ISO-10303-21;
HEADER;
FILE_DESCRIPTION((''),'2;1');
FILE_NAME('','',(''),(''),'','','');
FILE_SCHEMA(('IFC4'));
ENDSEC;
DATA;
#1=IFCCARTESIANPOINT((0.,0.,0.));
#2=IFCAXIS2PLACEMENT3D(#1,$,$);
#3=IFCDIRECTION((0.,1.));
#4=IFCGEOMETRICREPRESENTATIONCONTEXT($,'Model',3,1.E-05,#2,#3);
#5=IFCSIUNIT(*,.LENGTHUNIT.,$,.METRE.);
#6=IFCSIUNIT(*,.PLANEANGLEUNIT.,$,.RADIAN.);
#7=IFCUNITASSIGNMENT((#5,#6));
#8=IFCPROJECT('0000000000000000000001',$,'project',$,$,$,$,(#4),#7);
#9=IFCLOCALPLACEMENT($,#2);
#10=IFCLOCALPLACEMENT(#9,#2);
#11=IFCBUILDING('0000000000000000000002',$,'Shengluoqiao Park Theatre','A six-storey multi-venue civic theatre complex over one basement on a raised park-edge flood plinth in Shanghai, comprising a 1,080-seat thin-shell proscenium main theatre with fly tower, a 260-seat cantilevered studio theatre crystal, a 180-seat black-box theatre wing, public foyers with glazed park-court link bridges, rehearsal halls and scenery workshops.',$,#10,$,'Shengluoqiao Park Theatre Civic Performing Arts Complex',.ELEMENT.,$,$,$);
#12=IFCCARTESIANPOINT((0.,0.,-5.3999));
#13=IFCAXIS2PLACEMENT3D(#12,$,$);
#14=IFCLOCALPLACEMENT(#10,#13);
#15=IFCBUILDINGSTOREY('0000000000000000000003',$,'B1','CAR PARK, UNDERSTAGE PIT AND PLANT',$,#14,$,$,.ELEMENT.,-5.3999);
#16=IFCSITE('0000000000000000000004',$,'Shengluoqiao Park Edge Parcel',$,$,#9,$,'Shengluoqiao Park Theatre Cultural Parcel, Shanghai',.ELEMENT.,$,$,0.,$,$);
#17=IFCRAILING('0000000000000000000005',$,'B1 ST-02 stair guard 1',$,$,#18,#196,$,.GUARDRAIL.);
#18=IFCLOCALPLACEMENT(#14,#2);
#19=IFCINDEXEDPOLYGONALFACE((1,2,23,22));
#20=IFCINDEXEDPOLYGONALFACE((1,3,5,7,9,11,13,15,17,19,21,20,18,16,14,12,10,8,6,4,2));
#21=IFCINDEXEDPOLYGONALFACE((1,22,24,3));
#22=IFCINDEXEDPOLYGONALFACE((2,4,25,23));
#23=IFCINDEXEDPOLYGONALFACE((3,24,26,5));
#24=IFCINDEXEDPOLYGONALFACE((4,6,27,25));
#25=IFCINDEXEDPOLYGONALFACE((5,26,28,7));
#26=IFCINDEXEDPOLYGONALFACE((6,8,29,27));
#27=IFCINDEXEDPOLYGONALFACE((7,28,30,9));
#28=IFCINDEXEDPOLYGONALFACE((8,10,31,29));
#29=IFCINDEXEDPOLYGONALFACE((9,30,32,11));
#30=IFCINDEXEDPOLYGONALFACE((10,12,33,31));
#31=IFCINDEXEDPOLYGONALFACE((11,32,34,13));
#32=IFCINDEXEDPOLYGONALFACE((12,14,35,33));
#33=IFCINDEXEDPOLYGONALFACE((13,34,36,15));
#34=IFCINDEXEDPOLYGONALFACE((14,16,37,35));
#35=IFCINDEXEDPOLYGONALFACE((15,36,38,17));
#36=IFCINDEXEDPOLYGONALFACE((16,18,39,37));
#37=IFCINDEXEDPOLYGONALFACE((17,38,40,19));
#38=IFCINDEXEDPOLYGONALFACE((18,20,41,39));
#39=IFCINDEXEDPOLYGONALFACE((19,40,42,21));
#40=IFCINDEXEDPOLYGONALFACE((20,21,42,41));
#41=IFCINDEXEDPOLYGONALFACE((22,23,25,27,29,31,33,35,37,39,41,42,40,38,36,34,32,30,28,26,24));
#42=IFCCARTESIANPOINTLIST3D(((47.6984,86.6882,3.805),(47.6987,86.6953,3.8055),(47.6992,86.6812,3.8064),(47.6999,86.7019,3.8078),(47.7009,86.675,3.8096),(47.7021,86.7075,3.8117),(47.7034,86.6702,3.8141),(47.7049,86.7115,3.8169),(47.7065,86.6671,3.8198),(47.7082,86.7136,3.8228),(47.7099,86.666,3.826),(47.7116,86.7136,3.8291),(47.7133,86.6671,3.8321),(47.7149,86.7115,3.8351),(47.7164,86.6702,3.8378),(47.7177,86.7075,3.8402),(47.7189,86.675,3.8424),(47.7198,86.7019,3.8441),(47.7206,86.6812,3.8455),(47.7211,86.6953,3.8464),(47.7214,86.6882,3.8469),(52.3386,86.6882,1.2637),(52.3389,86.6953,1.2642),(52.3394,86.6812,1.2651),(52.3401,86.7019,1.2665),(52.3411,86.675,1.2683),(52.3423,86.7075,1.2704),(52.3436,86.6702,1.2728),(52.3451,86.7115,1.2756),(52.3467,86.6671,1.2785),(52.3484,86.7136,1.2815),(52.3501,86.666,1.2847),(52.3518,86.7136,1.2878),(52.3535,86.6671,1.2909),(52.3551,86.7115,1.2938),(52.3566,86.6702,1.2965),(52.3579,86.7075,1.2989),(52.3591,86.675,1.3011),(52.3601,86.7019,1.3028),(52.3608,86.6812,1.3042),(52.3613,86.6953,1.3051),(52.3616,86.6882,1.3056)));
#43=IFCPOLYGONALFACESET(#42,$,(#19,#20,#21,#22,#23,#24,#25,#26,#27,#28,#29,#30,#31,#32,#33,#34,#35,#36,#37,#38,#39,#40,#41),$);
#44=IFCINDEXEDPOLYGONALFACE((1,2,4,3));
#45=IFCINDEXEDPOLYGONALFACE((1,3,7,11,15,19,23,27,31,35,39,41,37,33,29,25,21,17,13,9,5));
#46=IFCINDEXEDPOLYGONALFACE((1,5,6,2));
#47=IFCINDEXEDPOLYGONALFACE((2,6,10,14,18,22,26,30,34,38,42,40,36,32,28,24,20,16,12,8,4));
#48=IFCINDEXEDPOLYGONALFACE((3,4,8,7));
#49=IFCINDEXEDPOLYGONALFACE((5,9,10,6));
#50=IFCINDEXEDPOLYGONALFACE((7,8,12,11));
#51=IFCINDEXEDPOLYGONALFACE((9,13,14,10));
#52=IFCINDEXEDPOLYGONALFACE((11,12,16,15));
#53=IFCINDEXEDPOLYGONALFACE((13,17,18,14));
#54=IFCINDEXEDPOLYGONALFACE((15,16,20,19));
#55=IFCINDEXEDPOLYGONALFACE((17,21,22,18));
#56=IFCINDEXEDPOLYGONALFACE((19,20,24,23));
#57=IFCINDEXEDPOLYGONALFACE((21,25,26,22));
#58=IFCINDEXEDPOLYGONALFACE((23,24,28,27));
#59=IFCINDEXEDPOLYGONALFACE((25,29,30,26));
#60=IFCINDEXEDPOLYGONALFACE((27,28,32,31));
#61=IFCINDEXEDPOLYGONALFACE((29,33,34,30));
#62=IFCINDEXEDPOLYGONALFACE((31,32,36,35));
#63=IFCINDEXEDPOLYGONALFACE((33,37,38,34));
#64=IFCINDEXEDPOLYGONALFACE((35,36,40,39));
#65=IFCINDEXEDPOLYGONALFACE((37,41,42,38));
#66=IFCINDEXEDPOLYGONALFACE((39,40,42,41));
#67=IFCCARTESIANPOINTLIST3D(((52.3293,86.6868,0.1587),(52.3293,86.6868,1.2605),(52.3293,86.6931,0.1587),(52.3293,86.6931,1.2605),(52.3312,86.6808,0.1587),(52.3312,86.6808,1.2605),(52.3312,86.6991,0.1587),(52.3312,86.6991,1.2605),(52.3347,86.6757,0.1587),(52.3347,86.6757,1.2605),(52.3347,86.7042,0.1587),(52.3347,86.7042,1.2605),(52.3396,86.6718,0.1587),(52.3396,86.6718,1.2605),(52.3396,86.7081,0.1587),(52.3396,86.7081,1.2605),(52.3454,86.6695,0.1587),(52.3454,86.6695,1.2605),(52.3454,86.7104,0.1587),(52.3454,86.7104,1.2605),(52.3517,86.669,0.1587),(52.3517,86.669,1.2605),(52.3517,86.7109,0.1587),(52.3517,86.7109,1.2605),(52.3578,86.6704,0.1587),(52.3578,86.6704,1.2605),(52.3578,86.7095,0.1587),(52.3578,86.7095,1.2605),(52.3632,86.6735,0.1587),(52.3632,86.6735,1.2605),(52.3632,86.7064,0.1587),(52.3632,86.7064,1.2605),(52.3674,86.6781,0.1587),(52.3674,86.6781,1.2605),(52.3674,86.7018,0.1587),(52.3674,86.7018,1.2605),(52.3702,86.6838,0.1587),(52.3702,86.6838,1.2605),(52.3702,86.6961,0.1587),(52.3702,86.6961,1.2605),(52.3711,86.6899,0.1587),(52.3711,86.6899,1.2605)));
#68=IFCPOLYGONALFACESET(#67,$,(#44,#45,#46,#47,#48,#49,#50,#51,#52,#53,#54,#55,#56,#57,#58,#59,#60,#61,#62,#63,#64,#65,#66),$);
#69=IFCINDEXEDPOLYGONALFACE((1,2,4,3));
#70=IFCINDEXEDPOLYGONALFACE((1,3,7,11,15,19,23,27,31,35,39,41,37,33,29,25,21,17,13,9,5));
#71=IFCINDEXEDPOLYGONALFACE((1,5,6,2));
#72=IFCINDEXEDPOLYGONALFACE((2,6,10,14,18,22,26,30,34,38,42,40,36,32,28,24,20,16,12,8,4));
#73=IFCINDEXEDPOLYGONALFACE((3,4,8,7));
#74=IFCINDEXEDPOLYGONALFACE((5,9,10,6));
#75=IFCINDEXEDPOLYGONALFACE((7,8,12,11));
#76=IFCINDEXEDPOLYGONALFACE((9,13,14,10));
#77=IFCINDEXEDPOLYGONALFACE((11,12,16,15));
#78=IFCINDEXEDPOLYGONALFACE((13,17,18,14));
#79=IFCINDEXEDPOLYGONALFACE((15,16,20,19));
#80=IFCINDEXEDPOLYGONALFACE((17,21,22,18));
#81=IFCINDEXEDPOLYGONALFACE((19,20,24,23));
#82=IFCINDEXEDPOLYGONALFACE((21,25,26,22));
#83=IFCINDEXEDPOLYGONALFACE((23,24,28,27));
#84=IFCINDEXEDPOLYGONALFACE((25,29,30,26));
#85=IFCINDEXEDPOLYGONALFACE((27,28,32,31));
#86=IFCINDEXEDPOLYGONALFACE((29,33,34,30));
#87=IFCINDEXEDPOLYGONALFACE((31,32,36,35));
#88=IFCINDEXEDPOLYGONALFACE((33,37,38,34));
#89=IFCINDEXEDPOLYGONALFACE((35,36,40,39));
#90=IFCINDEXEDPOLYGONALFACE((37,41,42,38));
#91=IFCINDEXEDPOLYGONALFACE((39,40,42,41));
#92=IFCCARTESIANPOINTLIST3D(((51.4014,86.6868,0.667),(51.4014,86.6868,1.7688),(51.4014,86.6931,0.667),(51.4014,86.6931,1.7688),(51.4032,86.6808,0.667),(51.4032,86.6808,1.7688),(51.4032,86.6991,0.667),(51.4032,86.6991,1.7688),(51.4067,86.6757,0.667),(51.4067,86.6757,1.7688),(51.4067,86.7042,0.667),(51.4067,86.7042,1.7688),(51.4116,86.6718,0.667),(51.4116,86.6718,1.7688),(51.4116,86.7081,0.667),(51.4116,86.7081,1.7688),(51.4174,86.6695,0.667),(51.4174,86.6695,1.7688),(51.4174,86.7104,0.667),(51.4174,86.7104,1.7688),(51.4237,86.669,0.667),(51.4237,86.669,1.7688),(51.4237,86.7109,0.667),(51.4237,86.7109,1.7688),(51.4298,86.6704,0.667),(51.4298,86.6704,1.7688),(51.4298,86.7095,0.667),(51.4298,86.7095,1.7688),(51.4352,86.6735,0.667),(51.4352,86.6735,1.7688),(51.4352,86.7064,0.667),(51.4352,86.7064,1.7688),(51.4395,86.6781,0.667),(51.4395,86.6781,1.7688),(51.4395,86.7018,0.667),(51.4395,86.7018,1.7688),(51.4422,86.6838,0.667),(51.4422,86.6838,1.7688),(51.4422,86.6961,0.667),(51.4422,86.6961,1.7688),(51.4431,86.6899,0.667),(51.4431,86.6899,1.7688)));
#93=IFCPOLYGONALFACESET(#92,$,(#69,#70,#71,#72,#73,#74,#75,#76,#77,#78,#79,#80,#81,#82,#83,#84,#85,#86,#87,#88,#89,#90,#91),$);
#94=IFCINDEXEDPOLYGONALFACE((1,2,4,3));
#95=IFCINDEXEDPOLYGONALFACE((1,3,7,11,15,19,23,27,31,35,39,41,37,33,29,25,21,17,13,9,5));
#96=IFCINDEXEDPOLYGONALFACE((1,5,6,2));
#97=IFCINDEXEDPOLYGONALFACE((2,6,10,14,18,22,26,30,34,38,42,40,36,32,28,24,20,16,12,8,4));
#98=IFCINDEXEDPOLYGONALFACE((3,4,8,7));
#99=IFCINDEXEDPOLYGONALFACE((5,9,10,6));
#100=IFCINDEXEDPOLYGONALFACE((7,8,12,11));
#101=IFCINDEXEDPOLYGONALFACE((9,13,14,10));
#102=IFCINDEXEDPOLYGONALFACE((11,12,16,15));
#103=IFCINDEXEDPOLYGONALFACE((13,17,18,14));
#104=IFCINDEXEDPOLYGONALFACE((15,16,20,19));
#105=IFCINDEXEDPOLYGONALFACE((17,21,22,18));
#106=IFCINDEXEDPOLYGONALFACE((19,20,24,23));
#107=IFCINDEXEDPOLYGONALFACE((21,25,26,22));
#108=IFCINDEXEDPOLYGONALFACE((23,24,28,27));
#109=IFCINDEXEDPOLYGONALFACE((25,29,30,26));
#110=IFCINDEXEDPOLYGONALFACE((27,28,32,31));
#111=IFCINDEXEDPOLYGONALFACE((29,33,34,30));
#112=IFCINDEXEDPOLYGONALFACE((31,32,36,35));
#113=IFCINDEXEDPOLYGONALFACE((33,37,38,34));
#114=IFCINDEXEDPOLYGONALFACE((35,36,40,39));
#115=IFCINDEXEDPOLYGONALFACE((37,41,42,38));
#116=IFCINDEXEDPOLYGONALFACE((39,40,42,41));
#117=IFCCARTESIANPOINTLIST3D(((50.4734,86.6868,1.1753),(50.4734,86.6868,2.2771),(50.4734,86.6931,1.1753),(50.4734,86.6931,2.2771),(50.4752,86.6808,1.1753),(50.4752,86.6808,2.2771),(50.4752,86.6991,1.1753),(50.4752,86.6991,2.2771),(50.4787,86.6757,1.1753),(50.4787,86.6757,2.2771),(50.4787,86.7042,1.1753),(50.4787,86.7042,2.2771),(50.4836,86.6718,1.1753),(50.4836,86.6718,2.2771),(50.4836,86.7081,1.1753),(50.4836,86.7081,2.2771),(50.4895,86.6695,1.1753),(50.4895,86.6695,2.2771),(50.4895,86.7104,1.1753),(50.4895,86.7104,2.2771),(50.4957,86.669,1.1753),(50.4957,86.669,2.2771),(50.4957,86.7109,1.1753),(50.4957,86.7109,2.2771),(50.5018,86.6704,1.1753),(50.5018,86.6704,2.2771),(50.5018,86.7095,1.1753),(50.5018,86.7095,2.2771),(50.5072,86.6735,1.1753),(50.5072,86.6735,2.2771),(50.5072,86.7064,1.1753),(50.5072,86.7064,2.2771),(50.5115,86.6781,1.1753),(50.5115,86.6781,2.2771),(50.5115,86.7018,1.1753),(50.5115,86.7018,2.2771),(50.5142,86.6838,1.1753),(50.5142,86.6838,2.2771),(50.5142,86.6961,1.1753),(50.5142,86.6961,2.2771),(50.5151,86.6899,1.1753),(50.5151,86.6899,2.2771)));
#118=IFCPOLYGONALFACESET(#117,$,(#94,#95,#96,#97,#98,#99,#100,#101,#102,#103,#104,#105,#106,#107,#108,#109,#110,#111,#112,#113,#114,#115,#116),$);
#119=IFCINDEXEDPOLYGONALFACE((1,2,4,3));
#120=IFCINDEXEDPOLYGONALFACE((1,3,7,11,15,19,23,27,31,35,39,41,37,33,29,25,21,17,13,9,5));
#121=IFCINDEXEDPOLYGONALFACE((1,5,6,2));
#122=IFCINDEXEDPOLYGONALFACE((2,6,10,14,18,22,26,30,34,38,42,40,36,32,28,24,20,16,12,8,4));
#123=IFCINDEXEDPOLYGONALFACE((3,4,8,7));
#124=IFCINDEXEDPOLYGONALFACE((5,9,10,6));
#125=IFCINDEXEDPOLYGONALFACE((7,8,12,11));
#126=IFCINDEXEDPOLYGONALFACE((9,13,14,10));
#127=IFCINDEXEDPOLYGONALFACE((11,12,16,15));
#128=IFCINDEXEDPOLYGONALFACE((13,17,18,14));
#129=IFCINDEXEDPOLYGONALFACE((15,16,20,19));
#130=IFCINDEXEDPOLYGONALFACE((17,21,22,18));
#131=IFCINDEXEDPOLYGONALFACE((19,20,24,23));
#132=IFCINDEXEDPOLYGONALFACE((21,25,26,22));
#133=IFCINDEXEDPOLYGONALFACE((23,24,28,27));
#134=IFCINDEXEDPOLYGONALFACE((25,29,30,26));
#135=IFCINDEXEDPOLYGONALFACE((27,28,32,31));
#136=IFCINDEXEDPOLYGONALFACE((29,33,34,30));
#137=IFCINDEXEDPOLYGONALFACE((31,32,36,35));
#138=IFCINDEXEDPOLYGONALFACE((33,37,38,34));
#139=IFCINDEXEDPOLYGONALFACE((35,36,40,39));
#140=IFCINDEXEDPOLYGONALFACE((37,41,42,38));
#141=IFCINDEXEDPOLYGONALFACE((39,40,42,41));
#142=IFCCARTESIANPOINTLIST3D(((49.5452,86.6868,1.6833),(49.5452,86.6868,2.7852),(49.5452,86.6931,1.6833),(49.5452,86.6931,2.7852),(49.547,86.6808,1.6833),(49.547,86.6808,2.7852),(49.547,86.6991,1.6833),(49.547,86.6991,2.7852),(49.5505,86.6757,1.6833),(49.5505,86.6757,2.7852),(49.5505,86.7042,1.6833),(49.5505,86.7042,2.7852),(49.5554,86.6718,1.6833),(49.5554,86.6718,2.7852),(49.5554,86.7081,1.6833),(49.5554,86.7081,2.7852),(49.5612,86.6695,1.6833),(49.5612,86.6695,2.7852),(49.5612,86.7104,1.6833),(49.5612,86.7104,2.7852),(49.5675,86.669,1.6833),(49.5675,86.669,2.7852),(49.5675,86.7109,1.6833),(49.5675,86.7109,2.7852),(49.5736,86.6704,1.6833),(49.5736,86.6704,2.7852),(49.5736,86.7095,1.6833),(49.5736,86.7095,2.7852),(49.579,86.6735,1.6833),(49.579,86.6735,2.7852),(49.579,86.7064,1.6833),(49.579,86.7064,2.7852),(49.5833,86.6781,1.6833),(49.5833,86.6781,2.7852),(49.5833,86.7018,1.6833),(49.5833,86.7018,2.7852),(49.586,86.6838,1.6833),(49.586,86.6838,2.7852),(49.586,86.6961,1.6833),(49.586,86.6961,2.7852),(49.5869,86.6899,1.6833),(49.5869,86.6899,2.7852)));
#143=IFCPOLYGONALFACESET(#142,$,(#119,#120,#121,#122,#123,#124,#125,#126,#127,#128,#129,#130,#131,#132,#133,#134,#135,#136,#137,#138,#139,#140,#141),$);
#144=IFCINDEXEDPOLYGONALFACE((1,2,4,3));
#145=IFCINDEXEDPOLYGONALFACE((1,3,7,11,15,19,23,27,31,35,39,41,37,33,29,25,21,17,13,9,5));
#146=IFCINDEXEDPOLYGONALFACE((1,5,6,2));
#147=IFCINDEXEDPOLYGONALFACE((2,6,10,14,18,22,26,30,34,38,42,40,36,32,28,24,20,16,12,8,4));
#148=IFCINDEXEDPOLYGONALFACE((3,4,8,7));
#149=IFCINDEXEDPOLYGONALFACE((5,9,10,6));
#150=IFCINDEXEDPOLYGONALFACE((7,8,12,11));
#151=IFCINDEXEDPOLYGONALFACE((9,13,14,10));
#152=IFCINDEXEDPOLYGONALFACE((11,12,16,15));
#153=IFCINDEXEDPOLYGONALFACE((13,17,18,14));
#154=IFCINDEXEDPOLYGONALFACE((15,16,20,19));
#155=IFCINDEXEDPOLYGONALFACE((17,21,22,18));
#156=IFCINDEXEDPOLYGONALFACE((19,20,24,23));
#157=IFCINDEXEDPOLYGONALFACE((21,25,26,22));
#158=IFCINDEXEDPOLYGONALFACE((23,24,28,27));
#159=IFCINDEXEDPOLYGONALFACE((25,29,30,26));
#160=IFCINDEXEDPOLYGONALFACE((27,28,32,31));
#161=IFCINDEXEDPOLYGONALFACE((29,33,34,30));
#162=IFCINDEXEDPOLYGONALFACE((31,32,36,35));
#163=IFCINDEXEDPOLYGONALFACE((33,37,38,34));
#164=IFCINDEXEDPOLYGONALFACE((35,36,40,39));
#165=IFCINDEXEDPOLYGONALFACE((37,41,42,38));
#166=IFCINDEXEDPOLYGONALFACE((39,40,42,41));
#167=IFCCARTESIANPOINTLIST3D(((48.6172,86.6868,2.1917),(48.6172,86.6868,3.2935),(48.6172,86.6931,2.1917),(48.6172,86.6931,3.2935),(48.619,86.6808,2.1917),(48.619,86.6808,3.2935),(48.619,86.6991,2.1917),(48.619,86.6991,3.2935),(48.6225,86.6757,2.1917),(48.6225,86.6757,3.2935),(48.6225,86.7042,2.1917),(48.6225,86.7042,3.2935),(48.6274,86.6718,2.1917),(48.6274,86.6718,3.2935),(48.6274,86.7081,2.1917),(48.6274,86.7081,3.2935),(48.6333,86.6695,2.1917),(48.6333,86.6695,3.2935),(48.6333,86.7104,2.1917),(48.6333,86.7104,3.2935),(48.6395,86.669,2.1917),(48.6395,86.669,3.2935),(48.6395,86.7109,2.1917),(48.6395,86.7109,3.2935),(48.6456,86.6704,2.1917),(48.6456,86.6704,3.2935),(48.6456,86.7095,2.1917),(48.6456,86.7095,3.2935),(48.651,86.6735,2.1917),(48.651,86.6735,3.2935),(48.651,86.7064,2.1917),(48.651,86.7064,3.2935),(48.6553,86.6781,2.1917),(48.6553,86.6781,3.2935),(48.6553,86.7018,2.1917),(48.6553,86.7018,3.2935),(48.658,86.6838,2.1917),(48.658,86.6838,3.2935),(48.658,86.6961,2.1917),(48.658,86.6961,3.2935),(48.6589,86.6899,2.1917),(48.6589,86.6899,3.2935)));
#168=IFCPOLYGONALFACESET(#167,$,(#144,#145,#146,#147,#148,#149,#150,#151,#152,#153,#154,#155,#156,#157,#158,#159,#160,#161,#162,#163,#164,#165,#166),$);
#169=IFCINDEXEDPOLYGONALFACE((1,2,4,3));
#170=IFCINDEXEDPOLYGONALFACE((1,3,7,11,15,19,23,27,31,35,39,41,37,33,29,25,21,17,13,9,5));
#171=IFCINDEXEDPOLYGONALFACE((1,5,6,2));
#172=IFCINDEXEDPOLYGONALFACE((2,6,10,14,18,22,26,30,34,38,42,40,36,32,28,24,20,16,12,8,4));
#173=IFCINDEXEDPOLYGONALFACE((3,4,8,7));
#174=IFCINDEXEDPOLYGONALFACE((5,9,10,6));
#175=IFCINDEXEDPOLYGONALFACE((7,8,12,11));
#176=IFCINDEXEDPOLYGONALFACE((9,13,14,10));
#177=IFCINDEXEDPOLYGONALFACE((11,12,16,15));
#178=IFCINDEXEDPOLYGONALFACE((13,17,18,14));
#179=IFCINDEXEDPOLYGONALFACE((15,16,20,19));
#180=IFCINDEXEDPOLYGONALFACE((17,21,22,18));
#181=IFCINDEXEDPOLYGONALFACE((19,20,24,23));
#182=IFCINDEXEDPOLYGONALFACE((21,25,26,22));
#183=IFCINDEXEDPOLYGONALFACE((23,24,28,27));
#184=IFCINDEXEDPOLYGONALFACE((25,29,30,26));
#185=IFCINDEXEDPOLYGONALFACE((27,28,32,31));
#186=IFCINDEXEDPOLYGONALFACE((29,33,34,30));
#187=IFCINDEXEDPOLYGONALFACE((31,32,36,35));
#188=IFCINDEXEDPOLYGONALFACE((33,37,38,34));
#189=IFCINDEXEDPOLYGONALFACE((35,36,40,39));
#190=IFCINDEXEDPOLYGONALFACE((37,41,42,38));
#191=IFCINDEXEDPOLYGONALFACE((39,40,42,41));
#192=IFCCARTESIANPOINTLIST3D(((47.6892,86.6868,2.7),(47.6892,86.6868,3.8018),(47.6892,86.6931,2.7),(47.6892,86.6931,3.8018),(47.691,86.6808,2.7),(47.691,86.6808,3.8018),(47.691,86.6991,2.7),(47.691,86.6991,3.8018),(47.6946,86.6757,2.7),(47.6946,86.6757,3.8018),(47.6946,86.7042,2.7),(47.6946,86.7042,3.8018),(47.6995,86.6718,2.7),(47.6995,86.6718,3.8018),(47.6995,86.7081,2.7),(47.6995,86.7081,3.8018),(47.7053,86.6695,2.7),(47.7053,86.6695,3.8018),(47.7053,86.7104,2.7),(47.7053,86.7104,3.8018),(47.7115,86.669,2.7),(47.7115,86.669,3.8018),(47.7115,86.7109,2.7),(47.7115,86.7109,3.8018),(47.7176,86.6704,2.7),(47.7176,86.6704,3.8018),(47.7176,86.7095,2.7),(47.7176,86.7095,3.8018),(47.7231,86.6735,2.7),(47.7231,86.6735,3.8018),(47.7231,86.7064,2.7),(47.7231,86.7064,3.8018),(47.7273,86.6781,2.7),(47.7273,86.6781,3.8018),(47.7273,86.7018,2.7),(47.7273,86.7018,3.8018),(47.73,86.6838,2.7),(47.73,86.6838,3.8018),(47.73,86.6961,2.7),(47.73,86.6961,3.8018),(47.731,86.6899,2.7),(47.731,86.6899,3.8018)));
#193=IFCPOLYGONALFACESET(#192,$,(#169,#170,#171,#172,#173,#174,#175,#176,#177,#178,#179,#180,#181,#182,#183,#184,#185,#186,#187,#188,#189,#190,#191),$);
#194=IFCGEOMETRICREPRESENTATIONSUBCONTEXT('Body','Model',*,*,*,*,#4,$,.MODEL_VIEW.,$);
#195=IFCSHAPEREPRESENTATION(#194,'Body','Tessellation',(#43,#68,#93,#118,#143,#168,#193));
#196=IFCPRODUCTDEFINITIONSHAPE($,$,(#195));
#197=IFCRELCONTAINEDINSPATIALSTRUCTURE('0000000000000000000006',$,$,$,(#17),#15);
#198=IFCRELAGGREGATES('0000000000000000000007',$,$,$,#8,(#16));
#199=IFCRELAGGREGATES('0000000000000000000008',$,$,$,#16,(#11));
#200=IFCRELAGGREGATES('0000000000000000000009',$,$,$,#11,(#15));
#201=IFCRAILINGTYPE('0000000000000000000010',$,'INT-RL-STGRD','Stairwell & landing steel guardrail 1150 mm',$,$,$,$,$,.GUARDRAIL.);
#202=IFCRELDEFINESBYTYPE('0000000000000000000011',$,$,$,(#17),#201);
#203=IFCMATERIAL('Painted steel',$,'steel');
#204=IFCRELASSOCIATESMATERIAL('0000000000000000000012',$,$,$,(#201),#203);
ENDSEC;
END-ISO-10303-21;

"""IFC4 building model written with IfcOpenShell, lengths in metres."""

from ifc_helpers import new_model, si_unit, direction, frame, origin, origin_2d, place, context, subcontext, project, spatial, circle, extrude, material, type_object, element, save


model = new_model("IFC4")

# Units and contexts
model_context = context("Model", 3, precision=1e-05, world=origin(), true_north=direction((0.0, 1.0)))
body_context = subcontext(model_context, "Body", "Model", "MODEL_VIEW")
ifc_project = project(units=[si_unit("LENGTHUNIT", "METRE"), si_unit("PLANEANGLEUNIT", "RADIAN")], contexts=[model_context])

# Site, building, storey
site_placement = place(None, origin())
site = spatial("IfcSite", under=ifc_project, at=site_placement, Name="Shengluoqiao Park Edge Parcel", LongName="Shengluoqiao Park Theatre Cultural Parcel, Shanghai", CompositionType="ELEMENT", RefElevation=0.0)
building_placement = place(site_placement, origin())
building = spatial("IfcBuilding", under=site, at=building_placement, Name="Shengluoqiao Park Theatre", Description="A six-storey multi-venue civic theatre complex over one basement on a raised park-edge flood plinth in Shanghai, comprising a 1,080-seat thin-shell proscenium main theatre with fly tower, a 260-seat cantilevered studio theatre crystal, a 180-seat black-box theatre wing, public foyers with glazed park-court link bridges, rehearsal halls and scenery workshops.", LongName="Shengluoqiao Park Theatre Civic Performing Arts Complex", CompositionType="ELEMENT")
storey_placement = place(building_placement, frame((0.0, 0.0, -5.3999)))
storey = spatial("IfcBuildingStorey", under=building, at=storey_placement, Name="B1", Description="CAR PARK, UNDERSTAGE PIT AND PLANT", CompositionType="ELEMENT", Elevation=-5.3999)

# Railing
ifc_material_1 = material(Name="Painted steel", Category="steel")
railing_type_1 = type_object("IfcRailingType", Name="INT-RL-STGRD", Description="Stairwell & landing steel guardrail 1150 mm", PredefinedType="GUARDRAIL", material=ifc_material_1)
railing_1_placement = place(storey_placement, frame((52.3501, 86.6899, 0.1587)))
element("IfcRailing", 1, at=railing_1_placement, inside=storey, type_object=railing_type_1, Name="B1 ST-02 stair guard 1", PredefinedType="GUARDRAIL", context=body_context, shape_type="SweptSolid", body=[
    extrude(circle(Radius=0.0239, at=origin_2d()), frame((0.0, 0.0, 1.126), z_axis=(-0.877078, 0.0, 0.480348), x_axis=(0.0, -1.0, 0.0)), (0.0, 0.0, 1.0), 5.2905),
    extrude(circle(Radius=0.021, at=origin_2d()), origin(), (0.0, 0.0, 1.0), 1.1018),
    extrude(circle(Radius=0.021, at=origin_2d()), frame((-0.928, 0.0, 0.5083)), (0.0, 0.0, 1.0), 1.1018),
    extrude(circle(Radius=0.021, at=origin_2d()), frame((-1.856, 0.0, 1.0166)), (0.0, 0.0, 1.0), 1.1018),
    extrude(circle(Radius=0.021, at=origin_2d()), frame((-2.7842, 0.0, 1.5247)), (0.0, 0.0, 1.0), 1.1018),
    extrude(circle(Radius=0.021, at=origin_2d()), frame((-3.7122, 0.0, 2.033)), (0.0, 0.0, 1.0), 1.1018),
    extrude(circle(Radius=0.021, at=origin_2d()), frame((-4.6401, 0.0, 2.5413)), (0.0, 0.0, 1.0), 1.1018),
])

save(model, "model.ifc")
